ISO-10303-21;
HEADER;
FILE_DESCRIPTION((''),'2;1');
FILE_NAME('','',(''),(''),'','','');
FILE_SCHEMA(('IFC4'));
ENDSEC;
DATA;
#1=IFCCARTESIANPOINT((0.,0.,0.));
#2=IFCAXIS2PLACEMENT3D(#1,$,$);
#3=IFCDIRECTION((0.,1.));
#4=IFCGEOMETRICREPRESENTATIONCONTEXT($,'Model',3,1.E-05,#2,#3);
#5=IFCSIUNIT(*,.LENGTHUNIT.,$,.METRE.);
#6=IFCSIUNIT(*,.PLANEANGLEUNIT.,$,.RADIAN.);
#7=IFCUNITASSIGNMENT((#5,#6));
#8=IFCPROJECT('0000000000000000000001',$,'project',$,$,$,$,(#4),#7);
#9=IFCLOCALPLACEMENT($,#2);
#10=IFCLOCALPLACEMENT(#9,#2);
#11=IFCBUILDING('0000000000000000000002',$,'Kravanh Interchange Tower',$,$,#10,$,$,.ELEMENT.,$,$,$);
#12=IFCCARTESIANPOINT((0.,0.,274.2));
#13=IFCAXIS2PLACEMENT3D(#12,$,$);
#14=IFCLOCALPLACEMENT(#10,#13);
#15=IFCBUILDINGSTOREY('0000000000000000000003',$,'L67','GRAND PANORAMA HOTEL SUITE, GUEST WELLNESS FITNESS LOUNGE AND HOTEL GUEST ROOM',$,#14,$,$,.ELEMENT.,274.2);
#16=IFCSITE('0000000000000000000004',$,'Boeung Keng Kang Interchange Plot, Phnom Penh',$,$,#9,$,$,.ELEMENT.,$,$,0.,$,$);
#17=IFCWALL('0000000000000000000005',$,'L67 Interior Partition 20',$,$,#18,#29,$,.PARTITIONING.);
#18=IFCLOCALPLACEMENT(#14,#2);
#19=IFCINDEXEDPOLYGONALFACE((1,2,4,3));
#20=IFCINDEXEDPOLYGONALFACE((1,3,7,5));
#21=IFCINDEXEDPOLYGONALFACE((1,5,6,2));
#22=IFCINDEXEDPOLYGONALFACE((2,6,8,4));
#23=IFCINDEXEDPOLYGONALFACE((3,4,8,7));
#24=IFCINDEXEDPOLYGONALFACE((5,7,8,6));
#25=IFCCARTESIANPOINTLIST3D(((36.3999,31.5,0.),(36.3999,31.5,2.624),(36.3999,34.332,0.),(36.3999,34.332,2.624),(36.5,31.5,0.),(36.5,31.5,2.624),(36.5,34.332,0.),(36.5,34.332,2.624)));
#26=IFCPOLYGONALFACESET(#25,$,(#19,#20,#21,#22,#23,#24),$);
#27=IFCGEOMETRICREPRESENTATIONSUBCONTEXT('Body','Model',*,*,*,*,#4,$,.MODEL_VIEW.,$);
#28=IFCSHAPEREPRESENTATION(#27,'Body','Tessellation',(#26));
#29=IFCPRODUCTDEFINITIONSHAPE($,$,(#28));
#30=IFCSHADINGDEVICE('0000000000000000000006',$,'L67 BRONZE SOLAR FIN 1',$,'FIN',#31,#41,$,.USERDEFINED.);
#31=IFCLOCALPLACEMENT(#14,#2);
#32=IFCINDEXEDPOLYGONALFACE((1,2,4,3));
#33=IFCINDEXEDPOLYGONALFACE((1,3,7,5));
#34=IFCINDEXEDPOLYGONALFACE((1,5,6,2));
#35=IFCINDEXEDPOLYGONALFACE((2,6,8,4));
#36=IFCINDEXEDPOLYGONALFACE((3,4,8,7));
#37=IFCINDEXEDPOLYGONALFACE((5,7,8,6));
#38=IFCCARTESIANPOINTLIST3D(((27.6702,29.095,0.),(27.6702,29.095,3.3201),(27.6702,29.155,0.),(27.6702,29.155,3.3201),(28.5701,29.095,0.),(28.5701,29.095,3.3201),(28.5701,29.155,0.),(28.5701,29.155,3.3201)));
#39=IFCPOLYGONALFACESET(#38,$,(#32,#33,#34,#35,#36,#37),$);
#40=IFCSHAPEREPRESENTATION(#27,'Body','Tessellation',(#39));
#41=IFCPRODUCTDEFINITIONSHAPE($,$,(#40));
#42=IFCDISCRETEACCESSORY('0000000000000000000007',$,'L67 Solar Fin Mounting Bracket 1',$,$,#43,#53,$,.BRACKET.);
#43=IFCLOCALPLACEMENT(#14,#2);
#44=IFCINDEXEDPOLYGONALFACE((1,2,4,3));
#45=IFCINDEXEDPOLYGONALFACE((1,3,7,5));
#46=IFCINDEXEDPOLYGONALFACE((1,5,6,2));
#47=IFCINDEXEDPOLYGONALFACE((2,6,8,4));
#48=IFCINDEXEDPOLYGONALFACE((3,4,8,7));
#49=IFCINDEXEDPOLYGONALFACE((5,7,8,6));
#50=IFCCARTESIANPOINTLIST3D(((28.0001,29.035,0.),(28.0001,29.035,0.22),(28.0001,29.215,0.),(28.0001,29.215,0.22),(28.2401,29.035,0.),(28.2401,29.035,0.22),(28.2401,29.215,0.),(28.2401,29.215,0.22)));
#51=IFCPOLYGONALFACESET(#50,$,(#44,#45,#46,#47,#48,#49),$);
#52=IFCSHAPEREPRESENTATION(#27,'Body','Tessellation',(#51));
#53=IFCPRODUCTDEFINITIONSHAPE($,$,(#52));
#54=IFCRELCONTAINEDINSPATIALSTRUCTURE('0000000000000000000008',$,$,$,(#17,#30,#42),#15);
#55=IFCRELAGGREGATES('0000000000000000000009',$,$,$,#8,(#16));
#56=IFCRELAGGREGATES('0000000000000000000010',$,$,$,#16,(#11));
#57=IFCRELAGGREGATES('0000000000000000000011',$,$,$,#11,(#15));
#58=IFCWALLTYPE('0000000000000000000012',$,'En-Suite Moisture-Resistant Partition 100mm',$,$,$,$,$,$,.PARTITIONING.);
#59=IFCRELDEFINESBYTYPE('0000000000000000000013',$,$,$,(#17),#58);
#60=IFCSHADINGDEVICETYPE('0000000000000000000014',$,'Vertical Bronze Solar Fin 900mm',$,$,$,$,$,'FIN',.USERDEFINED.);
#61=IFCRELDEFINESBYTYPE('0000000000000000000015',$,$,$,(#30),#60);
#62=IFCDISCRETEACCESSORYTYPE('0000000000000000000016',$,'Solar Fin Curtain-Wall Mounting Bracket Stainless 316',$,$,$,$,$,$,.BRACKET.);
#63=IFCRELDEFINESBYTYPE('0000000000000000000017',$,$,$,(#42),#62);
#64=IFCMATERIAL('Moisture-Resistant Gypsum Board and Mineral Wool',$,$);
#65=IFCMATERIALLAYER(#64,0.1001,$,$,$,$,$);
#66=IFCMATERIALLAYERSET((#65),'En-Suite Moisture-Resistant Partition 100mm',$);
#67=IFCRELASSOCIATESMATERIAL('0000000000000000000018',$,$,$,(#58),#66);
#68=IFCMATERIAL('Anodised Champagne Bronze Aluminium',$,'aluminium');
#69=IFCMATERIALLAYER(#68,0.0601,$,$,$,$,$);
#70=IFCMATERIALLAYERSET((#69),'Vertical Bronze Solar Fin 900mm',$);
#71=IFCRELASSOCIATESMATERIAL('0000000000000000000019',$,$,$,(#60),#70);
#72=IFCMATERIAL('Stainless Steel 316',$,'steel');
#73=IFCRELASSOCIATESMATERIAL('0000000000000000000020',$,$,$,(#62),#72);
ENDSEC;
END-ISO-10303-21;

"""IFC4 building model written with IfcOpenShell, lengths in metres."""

from ifc_helpers import new_model, si_unit, direction, frame, frame_2d, origin, origin_2d, place, context, subcontext, project, spatial, rectangle, extrude, material, layer, layer_set, type_object, element, save


model = new_model("IFC4")

# Units and contexts
model_context = context("Model", 3, precision=1e-05, world=origin(), true_north=direction((0.0, 1.0)))
body_context = subcontext(model_context, "Body", "Model", "MODEL_VIEW")
ifc_project = project(units=[si_unit("LENGTHUNIT", "METRE"), si_unit("PLANEANGLEUNIT", "RADIAN")], contexts=[model_context])

# Site, building, storey
site_placement = place(None, origin())
site = spatial("IfcSite", under=ifc_project, at=site_placement, Name="Boeung Keng Kang Interchange Plot, Phnom Penh", CompositionType="ELEMENT", RefElevation=0.0)
building_placement = place(site_placement, origin())
building = spatial("IfcBuilding", under=site, at=building_placement, Name="Kravanh Interchange Tower", CompositionType="ELEMENT")
storey_placement = place(building_placement, frame((0.0, 0.0, 274.2)))
storey = spatial("IfcBuildingStorey", under=building, at=storey_placement, Name="L67", Description="GRAND PANORAMA HOTEL SUITE, GUEST WELLNESS FITNESS LOUNGE AND HOTEL GUEST ROOM", CompositionType="ELEMENT", Elevation=274.2)

# Wall
ifc_material_1 = material(Name="Moisture-Resistant Gypsum Board and Mineral Wool")
ifc_layer_1 = layer(ifc_material_1, 0.1001)
ifc_layer_set_1 = layer_set([ifc_layer_1], Name="En-Suite Moisture-Resistant Partition 100mm")
wall_type_1 = type_object("IfcWallType", Name="En-Suite Moisture-Resistant Partition 100mm", PredefinedType="PARTITIONING", material=ifc_layer_set_1)
wall_1_placement = place(storey_placement, frame((36.45, 31.5, 0.0), z_axis=(0.0, 0.0, 1.0), x_axis=(0.0, 1.0, 0.0)))
element("IfcWall", 1, at=wall_1_placement, inside=storey, type_object=wall_type_1, Name="L67 Interior Partition 20", PredefinedType="PARTITIONING", context=body_context, shape_type="SweptSolid", body=[
    extrude(rectangle(XDim=2.832, YDim=0.1001, at=frame_2d((1.416, 0.0))), origin(), (0.0, 0.0, 1.0), 2.624),
])

# Shading device
ifc_material_2 = material(Name="Anodised Champagne Bronze Aluminium", Category="aluminium")
ifc_layer_2 = layer(ifc_material_2, 0.0601)
ifc_layer_set_2 = layer_set([ifc_layer_2], Name="Vertical Bronze Solar Fin 900mm")
shading_device_type = type_object("IfcShadingDeviceType", Name="Vertical Bronze Solar Fin 900mm", ElementType="FIN", PredefinedType="USERDEFINED", material=ifc_layer_set_2)
shading_device_placement = place(storey_placement, frame((28.1201, 29.125, 0.0), z_axis=(0.0, 0.0, 1.0), x_axis=(-1.0, 0.0, 0.0)))
element("IfcShadingDevice", 2, at=shading_device_placement, inside=storey, type_object=shading_device_type, Name="L67 BRONZE SOLAR FIN 1", ObjectType="FIN", PredefinedType="USERDEFINED", context=body_context, shape_type="SweptSolid", body=[
    extrude(rectangle(XDim=0.8999, YDim=0.0601, at=origin_2d()), origin(), (0.0, 0.0, 1.0), 3.3201),
])

# Discrete accessory
ifc_material_3 = material(Name="Stainless Steel 316", Category="steel")
discrete_accessory_type = type_object("IfcDiscreteAccessoryType", Name="Solar Fin Curtain-Wall Mounting Bracket Stainless 316", PredefinedType="BRACKET", material=ifc_material_3)
discrete_accessory_placement = place(storey_placement, frame((28.1201, 29.125, 0.0), z_axis=(0.0, 0.0, 1.0), x_axis=(-1.0, 0.0, 0.0)))
element("IfcDiscreteAccessory", 3, at=discrete_accessory_placement, inside=storey, type_object=discrete_accessory_type, Name="L67 Solar Fin Mounting Bracket 1", PredefinedType="BRACKET", context=body_context, shape_type="SweptSolid", body=[
    extrude(rectangle(XDim=0.24, YDim=0.1799, at=origin_2d()), origin(), (0.0, 0.0, 1.0), 0.22),
])

save(model, "model.ifc")
